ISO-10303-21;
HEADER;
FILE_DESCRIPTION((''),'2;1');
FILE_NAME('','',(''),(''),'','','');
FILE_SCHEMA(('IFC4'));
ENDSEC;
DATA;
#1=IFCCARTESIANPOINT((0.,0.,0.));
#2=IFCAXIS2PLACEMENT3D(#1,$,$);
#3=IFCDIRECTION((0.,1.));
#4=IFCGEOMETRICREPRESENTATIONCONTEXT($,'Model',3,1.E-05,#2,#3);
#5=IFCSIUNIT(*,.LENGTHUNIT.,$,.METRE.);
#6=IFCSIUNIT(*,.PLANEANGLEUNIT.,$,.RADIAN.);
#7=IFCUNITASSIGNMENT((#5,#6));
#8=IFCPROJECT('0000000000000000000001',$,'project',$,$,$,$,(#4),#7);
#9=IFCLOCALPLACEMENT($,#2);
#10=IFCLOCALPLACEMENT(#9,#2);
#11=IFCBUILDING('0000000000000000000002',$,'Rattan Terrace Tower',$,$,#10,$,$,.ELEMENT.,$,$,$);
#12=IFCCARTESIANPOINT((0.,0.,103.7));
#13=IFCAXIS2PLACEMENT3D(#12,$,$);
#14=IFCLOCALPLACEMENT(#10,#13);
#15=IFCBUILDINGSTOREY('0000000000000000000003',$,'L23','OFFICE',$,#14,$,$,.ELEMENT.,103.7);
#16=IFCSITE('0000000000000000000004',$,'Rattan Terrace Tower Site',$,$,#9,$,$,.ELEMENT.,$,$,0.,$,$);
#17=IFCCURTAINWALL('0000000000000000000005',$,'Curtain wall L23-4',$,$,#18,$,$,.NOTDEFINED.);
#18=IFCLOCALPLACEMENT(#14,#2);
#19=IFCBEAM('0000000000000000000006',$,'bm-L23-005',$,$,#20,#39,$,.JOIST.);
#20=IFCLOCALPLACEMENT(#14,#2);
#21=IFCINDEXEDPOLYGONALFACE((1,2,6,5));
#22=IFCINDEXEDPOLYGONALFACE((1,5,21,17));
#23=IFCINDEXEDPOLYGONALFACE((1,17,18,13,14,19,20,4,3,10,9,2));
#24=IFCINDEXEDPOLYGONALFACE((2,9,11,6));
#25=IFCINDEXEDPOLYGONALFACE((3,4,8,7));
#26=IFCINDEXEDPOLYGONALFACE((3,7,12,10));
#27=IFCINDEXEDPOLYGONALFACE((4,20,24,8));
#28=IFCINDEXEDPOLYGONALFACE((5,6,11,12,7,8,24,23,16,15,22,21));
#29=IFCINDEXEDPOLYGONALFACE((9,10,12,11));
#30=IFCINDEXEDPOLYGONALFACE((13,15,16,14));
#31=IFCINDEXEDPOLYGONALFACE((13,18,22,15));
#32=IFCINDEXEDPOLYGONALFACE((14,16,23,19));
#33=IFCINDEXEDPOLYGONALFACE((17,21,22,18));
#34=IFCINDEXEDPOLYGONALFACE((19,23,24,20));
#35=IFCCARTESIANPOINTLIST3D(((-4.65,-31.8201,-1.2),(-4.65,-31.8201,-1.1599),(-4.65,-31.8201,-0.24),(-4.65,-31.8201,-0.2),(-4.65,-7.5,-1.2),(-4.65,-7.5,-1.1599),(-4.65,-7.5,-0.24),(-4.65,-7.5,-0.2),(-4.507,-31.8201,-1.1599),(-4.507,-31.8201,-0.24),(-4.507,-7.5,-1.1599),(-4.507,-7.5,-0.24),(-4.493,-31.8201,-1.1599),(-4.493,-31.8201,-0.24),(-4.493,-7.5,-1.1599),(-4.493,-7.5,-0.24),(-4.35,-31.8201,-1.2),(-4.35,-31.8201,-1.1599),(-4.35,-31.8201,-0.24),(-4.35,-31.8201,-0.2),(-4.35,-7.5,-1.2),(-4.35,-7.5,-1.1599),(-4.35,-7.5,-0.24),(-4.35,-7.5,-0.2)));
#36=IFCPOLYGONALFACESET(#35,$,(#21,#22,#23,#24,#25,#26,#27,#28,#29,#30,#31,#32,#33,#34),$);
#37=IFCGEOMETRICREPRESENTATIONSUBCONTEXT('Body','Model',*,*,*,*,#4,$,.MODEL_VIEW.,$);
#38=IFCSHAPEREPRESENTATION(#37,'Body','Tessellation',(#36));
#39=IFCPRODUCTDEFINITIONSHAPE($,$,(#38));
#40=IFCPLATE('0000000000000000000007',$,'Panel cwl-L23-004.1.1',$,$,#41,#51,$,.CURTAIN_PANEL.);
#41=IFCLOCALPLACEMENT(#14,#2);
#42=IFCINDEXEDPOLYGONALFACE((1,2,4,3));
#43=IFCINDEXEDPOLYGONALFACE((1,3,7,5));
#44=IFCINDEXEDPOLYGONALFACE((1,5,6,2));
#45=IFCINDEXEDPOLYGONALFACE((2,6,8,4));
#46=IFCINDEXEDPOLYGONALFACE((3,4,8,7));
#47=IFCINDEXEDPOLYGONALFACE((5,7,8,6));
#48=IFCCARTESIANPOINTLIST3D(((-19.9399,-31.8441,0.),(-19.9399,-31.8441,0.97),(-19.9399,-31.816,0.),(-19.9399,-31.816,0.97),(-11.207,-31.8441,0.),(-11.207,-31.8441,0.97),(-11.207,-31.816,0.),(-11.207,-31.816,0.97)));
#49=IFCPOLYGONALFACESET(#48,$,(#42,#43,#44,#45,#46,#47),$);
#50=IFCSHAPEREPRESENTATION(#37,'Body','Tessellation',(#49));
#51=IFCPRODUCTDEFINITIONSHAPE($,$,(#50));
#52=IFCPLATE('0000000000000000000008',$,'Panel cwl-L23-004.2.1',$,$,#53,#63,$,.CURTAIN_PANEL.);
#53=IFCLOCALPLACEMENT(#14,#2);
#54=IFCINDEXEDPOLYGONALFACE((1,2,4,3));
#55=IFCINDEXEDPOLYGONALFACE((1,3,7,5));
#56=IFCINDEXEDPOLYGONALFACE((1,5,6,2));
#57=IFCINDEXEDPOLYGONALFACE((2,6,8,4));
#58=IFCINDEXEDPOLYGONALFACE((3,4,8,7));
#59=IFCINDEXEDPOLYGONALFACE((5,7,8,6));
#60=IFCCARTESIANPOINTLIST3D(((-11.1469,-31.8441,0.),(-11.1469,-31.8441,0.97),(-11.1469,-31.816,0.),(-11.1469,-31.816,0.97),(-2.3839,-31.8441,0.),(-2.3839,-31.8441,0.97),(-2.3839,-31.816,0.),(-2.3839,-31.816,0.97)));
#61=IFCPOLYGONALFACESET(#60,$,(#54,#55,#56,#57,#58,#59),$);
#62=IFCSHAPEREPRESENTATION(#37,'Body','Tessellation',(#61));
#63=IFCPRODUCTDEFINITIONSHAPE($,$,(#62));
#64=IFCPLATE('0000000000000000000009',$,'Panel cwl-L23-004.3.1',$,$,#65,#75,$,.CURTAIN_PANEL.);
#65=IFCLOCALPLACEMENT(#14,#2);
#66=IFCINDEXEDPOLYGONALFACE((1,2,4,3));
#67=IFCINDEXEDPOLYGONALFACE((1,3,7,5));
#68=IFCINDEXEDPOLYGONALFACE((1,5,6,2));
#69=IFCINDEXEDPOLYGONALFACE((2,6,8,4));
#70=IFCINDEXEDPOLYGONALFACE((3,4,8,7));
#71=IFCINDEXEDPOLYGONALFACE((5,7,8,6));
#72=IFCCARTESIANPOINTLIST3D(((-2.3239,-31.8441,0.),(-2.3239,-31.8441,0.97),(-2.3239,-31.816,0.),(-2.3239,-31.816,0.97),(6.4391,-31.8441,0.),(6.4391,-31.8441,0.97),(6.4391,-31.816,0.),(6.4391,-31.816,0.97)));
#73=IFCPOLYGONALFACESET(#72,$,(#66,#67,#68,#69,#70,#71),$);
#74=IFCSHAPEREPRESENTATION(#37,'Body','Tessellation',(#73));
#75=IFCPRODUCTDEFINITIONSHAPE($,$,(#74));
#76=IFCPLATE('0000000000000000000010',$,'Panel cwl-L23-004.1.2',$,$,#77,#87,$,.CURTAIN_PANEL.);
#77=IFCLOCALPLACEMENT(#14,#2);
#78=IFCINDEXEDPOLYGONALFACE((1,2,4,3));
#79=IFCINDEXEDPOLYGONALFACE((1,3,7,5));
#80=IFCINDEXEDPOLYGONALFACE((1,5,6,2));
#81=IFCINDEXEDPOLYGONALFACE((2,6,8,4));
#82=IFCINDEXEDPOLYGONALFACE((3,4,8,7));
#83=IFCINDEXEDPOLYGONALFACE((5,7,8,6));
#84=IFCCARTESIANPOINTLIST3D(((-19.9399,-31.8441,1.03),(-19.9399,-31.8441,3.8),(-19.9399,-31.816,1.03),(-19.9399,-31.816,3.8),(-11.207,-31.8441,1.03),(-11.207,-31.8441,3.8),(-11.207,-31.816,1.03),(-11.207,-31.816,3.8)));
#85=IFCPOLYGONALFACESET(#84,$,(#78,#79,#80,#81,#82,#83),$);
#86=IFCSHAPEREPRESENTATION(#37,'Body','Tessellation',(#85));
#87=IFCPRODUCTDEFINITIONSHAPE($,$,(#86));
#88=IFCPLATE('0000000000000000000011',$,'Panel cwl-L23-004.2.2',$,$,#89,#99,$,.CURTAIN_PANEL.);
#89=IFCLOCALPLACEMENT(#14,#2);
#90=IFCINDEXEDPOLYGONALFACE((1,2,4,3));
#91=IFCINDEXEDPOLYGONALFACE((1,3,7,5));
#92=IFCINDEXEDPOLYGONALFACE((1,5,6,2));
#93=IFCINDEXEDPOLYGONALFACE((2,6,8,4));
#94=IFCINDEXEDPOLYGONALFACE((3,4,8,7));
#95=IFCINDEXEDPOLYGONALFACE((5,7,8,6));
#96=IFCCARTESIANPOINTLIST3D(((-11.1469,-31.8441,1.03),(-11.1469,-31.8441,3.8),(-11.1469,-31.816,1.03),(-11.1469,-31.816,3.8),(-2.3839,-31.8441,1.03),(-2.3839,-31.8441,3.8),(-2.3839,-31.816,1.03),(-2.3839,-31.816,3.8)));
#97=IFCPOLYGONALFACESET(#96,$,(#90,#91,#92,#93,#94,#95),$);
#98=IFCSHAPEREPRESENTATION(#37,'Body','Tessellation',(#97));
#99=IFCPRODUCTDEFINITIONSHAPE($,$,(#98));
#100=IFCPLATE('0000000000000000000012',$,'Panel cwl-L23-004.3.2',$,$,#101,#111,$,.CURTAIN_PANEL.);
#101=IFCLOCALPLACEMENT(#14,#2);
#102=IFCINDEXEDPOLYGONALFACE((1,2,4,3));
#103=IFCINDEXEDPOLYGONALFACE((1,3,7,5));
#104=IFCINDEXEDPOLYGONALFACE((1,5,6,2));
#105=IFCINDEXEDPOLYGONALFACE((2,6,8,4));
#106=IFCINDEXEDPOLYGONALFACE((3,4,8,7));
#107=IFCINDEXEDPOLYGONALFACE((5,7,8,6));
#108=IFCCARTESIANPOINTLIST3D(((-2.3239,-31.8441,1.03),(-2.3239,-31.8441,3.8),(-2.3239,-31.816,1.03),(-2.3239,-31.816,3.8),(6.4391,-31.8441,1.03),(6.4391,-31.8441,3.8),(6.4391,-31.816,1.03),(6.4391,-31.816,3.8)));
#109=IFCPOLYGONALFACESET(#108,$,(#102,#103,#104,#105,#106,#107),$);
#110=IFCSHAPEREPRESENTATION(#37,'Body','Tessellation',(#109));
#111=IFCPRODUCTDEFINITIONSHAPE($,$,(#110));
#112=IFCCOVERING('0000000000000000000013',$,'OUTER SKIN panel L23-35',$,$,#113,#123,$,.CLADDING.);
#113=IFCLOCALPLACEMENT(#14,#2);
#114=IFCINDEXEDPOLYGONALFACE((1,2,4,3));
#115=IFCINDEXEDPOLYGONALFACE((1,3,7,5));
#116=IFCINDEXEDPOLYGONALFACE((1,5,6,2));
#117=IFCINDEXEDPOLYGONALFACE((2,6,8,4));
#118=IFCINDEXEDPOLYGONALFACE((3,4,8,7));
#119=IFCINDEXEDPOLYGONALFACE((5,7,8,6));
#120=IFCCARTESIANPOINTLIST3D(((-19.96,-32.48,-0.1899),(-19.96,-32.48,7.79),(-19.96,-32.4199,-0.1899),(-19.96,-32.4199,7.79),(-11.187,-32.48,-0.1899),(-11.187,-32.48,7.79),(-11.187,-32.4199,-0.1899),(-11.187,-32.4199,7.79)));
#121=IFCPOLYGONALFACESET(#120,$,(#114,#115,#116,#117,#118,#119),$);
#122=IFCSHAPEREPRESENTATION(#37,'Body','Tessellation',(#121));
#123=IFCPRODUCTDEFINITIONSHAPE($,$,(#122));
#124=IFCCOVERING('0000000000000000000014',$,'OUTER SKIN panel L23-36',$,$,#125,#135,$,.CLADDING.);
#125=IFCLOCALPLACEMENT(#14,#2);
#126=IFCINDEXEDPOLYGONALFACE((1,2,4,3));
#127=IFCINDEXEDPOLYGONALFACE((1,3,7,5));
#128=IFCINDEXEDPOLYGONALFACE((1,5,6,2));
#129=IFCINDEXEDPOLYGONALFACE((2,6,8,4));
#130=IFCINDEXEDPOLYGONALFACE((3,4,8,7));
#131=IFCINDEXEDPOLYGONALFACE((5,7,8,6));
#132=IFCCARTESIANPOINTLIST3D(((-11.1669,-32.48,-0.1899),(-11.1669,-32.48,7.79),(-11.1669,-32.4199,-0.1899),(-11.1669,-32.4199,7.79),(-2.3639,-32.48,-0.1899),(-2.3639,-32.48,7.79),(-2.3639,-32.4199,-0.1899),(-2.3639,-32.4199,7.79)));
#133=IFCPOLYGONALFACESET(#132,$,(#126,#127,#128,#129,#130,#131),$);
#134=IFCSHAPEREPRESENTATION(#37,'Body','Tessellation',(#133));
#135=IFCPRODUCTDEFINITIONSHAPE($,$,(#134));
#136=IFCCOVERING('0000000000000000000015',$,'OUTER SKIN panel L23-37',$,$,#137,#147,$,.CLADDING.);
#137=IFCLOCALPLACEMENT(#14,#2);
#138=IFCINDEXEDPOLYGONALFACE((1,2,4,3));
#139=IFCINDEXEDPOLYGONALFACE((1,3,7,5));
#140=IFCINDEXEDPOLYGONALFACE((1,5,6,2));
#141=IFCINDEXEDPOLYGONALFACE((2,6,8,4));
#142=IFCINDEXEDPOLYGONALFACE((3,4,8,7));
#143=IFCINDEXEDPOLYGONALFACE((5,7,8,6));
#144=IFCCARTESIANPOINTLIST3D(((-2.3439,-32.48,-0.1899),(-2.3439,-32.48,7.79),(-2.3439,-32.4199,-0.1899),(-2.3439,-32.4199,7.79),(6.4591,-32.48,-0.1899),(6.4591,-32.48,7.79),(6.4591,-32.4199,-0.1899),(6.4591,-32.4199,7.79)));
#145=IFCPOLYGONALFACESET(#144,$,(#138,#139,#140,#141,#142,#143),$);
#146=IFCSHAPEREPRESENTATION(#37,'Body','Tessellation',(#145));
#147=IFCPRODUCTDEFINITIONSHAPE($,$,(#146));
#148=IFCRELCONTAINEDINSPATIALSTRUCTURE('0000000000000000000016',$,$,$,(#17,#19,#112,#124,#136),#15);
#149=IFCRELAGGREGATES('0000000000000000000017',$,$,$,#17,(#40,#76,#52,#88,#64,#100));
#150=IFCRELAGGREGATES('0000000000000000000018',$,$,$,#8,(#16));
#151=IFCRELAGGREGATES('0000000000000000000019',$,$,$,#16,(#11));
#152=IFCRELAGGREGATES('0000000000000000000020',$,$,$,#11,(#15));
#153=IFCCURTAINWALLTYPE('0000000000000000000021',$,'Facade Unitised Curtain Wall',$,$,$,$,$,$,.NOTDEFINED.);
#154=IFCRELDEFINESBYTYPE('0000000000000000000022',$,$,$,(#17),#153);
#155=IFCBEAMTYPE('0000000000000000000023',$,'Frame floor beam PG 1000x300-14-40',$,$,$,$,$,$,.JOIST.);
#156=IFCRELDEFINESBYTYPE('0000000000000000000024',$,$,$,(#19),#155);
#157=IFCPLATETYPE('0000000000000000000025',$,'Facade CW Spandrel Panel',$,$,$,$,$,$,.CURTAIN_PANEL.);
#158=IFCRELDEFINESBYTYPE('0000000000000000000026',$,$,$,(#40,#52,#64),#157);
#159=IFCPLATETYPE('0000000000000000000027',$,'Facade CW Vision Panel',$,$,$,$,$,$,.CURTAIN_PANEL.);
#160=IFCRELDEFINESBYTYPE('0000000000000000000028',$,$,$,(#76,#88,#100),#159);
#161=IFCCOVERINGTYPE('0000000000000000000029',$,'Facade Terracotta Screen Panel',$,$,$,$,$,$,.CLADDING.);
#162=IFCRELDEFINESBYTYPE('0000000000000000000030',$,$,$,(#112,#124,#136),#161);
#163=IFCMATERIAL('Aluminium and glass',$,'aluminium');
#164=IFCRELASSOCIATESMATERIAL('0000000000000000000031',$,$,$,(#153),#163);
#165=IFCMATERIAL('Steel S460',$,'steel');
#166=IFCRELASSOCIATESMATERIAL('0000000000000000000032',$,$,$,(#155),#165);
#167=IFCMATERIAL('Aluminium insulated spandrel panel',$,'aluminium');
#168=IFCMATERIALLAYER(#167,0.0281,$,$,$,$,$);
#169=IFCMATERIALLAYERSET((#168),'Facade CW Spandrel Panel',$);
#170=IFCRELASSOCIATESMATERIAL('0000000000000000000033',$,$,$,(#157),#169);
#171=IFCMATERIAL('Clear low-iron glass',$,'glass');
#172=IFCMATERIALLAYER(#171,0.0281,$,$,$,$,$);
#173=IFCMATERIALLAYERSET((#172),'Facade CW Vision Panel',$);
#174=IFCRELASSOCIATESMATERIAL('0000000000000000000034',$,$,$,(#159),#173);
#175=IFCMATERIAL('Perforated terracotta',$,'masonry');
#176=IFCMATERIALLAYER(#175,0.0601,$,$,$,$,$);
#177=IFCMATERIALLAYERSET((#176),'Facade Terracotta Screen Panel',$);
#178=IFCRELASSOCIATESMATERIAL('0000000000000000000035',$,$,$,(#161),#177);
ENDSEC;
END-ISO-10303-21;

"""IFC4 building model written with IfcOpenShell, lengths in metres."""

from ifc_helpers import new_model, si_unit, direction, frame, origin, origin_2d, place, context, subcontext, project, spatial, rectangle, i_section, extrude, material, layer, layer_set, material_profile, profile_set, type_object, element, aggregate, save


model = new_model("IFC4")

# Units and contexts
model_context = context("Model", 3, precision=1e-05, world=origin(), true_north=direction((0.0, 1.0)))
body_context = subcontext(model_context, "Body", "Model", "MODEL_VIEW")
ifc_project = project(units=[si_unit("LENGTHUNIT", "METRE"), si_unit("PLANEANGLEUNIT", "RADIAN")], contexts=[model_context])

# Site, building, storey
site_placement = place(None, origin())
site = spatial("IfcSite", under=ifc_project, at=site_placement, Name="Rattan Terrace Tower Site", CompositionType="ELEMENT", RefElevation=0.0)
building_placement = place(site_placement, origin())
building = spatial("IfcBuilding", under=site, at=building_placement, Name="Rattan Terrace Tower", CompositionType="ELEMENT")
storey_placement = place(building_placement, frame((0.0, 0.0, 103.7)))
storey = spatial("IfcBuildingStorey", under=building, at=storey_placement, Name="L23", Description="OFFICE", CompositionType="ELEMENT", Elevation=103.7)

# Curtain wall
ifc_material_1 = material(Name="Aluminium and glass", Category="aluminium")
curtain_wall_type = type_object("IfcCurtainWallType", Name="Facade Unitised Curtain Wall", PredefinedType="NOTDEFINED", material=ifc_material_1)
curtain_wall_placement = place(storey_placement, origin())
curtain_wall = element("IfcCurtainWall", 1, at=curtain_wall_placement, inside=storey, type_object=curtain_wall_type, Name="Curtain wall L23-4", PredefinedType="NOTDEFINED")

# Beam
ifc_material_2 = material(Name="Steel S460", Category="steel")
ifc_material_profile_1 = material_profile(ifc_material_2, i_section(OverallWidth=0.3, OverallDepth=1.0, WebThickness=0.0139, FlangeThickness=0.04, at=origin_2d()), Name="PG 1000x300-14-40")
ifc_profile_set_1 = profile_set([ifc_material_profile_1], Name="Steel S460")
beam_type_1 = type_object("IfcBeamType", Name="Frame floor beam PG 1000x300-14-40", PredefinedType="JOIST", material=ifc_profile_set_1)
for number, where, z_axis, x_axis, name in (
    (2, (-4.5, -31.8201, -0.7), (0.0, 1.0, 0.0), (-1.0, 0.0, 0.0), "bm-L23-005"),
):
    element("IfcBeam", number, at=place(storey_placement, frame(where, z_axis=z_axis, x_axis=x_axis)), inside=storey, type_object=beam_type_1, Name=name, PredefinedType="JOIST", context=body_context, shape_type="SweptSolid", body=[
        extrude(i_section(OverallWidth=0.3, OverallDepth=1.0, WebThickness=0.0139, FlangeThickness=0.04, at=origin_2d()), origin(), (0.0, 0.0, 1.0), 24.3201),
    ])

# Plates
ifc_material_3 = material(Name="Aluminium insulated spandrel panel", Category="aluminium")
ifc_layer_1 = layer(ifc_material_3, 0.0281)
ifc_layer_set_1 = layer_set([ifc_layer_1], Name="Facade CW Spandrel Panel")
plate_type_1 = type_object("IfcPlateType", Name="Facade CW Spandrel Panel", PredefinedType="CURTAIN_PANEL", material=ifc_layer_set_1)
plate_1_placement = place(storey_placement, frame((-15.5735, -31.8301, 0.0), z_axis=(0.0, 0.0, 1.0), x_axis=(1.0, 0.0, 0.0)))
plate_1 = element("IfcPlate", 3, at=plate_1_placement, type_object=plate_type_1, Name="Panel cwl-L23-004.1.1", PredefinedType="CURTAIN_PANEL", context=body_context, shape_type="SweptSolid", body=[
    extrude(rectangle(XDim=8.7329, YDim=0.0281, at=origin_2d()), origin(), (0.0, 0.0, 1.0), 0.97),
])
plate_2_placement = place(storey_placement, frame((-6.7654, -31.8301, 0.0), z_axis=(0.0, 0.0, 1.0), x_axis=(1.0, 0.0, 0.0)))
plate_2 = element("IfcPlate", 4, at=plate_2_placement, type_object=plate_type_1, Name="Panel cwl-L23-004.2.1", PredefinedType="CURTAIN_PANEL", context=body_context, shape_type="SweptSolid", body=[
    extrude(rectangle(XDim=8.7629, YDim=0.0281, at=origin_2d()), origin(), (0.0, 0.0, 1.0), 0.97),
])
plate_3_placement = place(storey_placement, frame((2.0576, -31.8301, 0.0), z_axis=(0.0, 0.0, 1.0), x_axis=(1.0, 0.0, 0.0)))
plate_3 = element("IfcPlate", 5, at=plate_3_placement, type_object=plate_type_1, Name="Panel cwl-L23-004.3.1", PredefinedType="CURTAIN_PANEL", context=body_context, shape_type="SweptSolid", body=[
    extrude(rectangle(XDim=8.7629, YDim=0.0281, at=origin_2d()), origin(), (0.0, 0.0, 1.0), 0.97),
])
ifc_material_4 = material(Name="Clear low-iron glass", Category="glass")
ifc_layer_2 = layer(ifc_material_4, 0.0281)
ifc_layer_set_2 = layer_set([ifc_layer_2], Name="Facade CW Vision Panel")
plate_type_2 = type_object("IfcPlateType", Name="Facade CW Vision Panel", PredefinedType="CURTAIN_PANEL", material=ifc_layer_set_2)
plate_4_placement = place(storey_placement, frame((-15.5735, -31.8301, 1.03), z_axis=(0.0, 0.0, 1.0), x_axis=(1.0, 0.0, 0.0)))
plate_4 = element("IfcPlate", 6, at=plate_4_placement, type_object=plate_type_2, Name="Panel cwl-L23-004.1.2", PredefinedType="CURTAIN_PANEL", context=body_context, shape_type="SweptSolid", body=[
    extrude(rectangle(XDim=8.7329, YDim=0.0281, at=origin_2d()), origin(), (0.0, 0.0, 1.0), 2.77),
])
plate_5_placement = place(storey_placement, frame((-6.7654, -31.8301, 1.03), z_axis=(0.0, 0.0, 1.0), x_axis=(1.0, 0.0, 0.0)))
plate_5 = element("IfcPlate", 7, at=plate_5_placement, type_object=plate_type_2, Name="Panel cwl-L23-004.2.2", PredefinedType="CURTAIN_PANEL", context=body_context, shape_type="SweptSolid", body=[
    extrude(rectangle(XDim=8.7629, YDim=0.0281, at=origin_2d()), origin(), (0.0, 0.0, 1.0), 2.77),
])
plate_6_placement = place(storey_placement, frame((2.0576, -31.8301, 1.03), z_axis=(0.0, 0.0, 1.0), x_axis=(1.0, 0.0, 0.0)))
plate_6 = element("IfcPlate", 8, at=plate_6_placement, type_object=plate_type_2, Name="Panel cwl-L23-004.3.2", PredefinedType="CURTAIN_PANEL", context=body_context, shape_type="SweptSolid", body=[
    extrude(rectangle(XDim=8.7629, YDim=0.0281, at=origin_2d()), origin(), (0.0, 0.0, 1.0), 2.77),
])
aggregate(curtain_wall, [plate_1, plate_4, plate_2, plate_5, plate_3, plate_6])

# Coverings
ifc_material_5 = material(Name="Perforated terracotta", Category="masonry")
ifc_layer_3 = layer(ifc_material_5, 0.0601)
ifc_layer_set_3 = layer_set([ifc_layer_3], Name="Facade Terracotta Screen Panel")
covering_type = type_object("IfcCoveringType", Name="Facade Terracotta Screen Panel", PredefinedType="CLADDING", material=ifc_layer_set_3)
covering_placement = place(storey_placement, frame((-15.5735, -32.45, -0.1899), z_axis=(0.0, 0.0, 1.0), x_axis=(1.0, 0.0, 0.0)))
element("IfcCovering", 9, at=covering_placement, inside=storey, type_object=covering_type, Name="OUTER SKIN panel L23-35", PredefinedType="CLADDING", context=body_context, shape_type="SweptSolid", body=[
    extrude(rectangle(XDim=8.7729, YDim=0.0601, at=origin_2d()), origin(), (0.0, 0.0, 1.0), 7.98),
])
for number, where, z_axis, x_axis, name in (
    (10, (-6.7654, -32.45, -0.1899), (0.0, 0.0, 1.0), (1.0, 0.0, 0.0), "OUTER SKIN panel L23-36"),
    (11, (2.0576, -32.45, -0.1899), (0.0, 0.0, 1.0), (1.0, 0.0, 0.0), "OUTER SKIN panel L23-37"),
):
    element("IfcCovering", number, at=place(storey_placement, frame(where, z_axis=z_axis, x_axis=x_axis)), inside=storey, type_object=covering_type, Name=name, PredefinedType="CLADDING", context=body_context, shape_type="SweptSolid", body=[
        extrude(rectangle(XDim=8.803, YDim=0.0601, at=origin_2d()), origin(), (0.0, 0.0, 1.0), 7.98),
    ])

save(model, "model.ifc")
